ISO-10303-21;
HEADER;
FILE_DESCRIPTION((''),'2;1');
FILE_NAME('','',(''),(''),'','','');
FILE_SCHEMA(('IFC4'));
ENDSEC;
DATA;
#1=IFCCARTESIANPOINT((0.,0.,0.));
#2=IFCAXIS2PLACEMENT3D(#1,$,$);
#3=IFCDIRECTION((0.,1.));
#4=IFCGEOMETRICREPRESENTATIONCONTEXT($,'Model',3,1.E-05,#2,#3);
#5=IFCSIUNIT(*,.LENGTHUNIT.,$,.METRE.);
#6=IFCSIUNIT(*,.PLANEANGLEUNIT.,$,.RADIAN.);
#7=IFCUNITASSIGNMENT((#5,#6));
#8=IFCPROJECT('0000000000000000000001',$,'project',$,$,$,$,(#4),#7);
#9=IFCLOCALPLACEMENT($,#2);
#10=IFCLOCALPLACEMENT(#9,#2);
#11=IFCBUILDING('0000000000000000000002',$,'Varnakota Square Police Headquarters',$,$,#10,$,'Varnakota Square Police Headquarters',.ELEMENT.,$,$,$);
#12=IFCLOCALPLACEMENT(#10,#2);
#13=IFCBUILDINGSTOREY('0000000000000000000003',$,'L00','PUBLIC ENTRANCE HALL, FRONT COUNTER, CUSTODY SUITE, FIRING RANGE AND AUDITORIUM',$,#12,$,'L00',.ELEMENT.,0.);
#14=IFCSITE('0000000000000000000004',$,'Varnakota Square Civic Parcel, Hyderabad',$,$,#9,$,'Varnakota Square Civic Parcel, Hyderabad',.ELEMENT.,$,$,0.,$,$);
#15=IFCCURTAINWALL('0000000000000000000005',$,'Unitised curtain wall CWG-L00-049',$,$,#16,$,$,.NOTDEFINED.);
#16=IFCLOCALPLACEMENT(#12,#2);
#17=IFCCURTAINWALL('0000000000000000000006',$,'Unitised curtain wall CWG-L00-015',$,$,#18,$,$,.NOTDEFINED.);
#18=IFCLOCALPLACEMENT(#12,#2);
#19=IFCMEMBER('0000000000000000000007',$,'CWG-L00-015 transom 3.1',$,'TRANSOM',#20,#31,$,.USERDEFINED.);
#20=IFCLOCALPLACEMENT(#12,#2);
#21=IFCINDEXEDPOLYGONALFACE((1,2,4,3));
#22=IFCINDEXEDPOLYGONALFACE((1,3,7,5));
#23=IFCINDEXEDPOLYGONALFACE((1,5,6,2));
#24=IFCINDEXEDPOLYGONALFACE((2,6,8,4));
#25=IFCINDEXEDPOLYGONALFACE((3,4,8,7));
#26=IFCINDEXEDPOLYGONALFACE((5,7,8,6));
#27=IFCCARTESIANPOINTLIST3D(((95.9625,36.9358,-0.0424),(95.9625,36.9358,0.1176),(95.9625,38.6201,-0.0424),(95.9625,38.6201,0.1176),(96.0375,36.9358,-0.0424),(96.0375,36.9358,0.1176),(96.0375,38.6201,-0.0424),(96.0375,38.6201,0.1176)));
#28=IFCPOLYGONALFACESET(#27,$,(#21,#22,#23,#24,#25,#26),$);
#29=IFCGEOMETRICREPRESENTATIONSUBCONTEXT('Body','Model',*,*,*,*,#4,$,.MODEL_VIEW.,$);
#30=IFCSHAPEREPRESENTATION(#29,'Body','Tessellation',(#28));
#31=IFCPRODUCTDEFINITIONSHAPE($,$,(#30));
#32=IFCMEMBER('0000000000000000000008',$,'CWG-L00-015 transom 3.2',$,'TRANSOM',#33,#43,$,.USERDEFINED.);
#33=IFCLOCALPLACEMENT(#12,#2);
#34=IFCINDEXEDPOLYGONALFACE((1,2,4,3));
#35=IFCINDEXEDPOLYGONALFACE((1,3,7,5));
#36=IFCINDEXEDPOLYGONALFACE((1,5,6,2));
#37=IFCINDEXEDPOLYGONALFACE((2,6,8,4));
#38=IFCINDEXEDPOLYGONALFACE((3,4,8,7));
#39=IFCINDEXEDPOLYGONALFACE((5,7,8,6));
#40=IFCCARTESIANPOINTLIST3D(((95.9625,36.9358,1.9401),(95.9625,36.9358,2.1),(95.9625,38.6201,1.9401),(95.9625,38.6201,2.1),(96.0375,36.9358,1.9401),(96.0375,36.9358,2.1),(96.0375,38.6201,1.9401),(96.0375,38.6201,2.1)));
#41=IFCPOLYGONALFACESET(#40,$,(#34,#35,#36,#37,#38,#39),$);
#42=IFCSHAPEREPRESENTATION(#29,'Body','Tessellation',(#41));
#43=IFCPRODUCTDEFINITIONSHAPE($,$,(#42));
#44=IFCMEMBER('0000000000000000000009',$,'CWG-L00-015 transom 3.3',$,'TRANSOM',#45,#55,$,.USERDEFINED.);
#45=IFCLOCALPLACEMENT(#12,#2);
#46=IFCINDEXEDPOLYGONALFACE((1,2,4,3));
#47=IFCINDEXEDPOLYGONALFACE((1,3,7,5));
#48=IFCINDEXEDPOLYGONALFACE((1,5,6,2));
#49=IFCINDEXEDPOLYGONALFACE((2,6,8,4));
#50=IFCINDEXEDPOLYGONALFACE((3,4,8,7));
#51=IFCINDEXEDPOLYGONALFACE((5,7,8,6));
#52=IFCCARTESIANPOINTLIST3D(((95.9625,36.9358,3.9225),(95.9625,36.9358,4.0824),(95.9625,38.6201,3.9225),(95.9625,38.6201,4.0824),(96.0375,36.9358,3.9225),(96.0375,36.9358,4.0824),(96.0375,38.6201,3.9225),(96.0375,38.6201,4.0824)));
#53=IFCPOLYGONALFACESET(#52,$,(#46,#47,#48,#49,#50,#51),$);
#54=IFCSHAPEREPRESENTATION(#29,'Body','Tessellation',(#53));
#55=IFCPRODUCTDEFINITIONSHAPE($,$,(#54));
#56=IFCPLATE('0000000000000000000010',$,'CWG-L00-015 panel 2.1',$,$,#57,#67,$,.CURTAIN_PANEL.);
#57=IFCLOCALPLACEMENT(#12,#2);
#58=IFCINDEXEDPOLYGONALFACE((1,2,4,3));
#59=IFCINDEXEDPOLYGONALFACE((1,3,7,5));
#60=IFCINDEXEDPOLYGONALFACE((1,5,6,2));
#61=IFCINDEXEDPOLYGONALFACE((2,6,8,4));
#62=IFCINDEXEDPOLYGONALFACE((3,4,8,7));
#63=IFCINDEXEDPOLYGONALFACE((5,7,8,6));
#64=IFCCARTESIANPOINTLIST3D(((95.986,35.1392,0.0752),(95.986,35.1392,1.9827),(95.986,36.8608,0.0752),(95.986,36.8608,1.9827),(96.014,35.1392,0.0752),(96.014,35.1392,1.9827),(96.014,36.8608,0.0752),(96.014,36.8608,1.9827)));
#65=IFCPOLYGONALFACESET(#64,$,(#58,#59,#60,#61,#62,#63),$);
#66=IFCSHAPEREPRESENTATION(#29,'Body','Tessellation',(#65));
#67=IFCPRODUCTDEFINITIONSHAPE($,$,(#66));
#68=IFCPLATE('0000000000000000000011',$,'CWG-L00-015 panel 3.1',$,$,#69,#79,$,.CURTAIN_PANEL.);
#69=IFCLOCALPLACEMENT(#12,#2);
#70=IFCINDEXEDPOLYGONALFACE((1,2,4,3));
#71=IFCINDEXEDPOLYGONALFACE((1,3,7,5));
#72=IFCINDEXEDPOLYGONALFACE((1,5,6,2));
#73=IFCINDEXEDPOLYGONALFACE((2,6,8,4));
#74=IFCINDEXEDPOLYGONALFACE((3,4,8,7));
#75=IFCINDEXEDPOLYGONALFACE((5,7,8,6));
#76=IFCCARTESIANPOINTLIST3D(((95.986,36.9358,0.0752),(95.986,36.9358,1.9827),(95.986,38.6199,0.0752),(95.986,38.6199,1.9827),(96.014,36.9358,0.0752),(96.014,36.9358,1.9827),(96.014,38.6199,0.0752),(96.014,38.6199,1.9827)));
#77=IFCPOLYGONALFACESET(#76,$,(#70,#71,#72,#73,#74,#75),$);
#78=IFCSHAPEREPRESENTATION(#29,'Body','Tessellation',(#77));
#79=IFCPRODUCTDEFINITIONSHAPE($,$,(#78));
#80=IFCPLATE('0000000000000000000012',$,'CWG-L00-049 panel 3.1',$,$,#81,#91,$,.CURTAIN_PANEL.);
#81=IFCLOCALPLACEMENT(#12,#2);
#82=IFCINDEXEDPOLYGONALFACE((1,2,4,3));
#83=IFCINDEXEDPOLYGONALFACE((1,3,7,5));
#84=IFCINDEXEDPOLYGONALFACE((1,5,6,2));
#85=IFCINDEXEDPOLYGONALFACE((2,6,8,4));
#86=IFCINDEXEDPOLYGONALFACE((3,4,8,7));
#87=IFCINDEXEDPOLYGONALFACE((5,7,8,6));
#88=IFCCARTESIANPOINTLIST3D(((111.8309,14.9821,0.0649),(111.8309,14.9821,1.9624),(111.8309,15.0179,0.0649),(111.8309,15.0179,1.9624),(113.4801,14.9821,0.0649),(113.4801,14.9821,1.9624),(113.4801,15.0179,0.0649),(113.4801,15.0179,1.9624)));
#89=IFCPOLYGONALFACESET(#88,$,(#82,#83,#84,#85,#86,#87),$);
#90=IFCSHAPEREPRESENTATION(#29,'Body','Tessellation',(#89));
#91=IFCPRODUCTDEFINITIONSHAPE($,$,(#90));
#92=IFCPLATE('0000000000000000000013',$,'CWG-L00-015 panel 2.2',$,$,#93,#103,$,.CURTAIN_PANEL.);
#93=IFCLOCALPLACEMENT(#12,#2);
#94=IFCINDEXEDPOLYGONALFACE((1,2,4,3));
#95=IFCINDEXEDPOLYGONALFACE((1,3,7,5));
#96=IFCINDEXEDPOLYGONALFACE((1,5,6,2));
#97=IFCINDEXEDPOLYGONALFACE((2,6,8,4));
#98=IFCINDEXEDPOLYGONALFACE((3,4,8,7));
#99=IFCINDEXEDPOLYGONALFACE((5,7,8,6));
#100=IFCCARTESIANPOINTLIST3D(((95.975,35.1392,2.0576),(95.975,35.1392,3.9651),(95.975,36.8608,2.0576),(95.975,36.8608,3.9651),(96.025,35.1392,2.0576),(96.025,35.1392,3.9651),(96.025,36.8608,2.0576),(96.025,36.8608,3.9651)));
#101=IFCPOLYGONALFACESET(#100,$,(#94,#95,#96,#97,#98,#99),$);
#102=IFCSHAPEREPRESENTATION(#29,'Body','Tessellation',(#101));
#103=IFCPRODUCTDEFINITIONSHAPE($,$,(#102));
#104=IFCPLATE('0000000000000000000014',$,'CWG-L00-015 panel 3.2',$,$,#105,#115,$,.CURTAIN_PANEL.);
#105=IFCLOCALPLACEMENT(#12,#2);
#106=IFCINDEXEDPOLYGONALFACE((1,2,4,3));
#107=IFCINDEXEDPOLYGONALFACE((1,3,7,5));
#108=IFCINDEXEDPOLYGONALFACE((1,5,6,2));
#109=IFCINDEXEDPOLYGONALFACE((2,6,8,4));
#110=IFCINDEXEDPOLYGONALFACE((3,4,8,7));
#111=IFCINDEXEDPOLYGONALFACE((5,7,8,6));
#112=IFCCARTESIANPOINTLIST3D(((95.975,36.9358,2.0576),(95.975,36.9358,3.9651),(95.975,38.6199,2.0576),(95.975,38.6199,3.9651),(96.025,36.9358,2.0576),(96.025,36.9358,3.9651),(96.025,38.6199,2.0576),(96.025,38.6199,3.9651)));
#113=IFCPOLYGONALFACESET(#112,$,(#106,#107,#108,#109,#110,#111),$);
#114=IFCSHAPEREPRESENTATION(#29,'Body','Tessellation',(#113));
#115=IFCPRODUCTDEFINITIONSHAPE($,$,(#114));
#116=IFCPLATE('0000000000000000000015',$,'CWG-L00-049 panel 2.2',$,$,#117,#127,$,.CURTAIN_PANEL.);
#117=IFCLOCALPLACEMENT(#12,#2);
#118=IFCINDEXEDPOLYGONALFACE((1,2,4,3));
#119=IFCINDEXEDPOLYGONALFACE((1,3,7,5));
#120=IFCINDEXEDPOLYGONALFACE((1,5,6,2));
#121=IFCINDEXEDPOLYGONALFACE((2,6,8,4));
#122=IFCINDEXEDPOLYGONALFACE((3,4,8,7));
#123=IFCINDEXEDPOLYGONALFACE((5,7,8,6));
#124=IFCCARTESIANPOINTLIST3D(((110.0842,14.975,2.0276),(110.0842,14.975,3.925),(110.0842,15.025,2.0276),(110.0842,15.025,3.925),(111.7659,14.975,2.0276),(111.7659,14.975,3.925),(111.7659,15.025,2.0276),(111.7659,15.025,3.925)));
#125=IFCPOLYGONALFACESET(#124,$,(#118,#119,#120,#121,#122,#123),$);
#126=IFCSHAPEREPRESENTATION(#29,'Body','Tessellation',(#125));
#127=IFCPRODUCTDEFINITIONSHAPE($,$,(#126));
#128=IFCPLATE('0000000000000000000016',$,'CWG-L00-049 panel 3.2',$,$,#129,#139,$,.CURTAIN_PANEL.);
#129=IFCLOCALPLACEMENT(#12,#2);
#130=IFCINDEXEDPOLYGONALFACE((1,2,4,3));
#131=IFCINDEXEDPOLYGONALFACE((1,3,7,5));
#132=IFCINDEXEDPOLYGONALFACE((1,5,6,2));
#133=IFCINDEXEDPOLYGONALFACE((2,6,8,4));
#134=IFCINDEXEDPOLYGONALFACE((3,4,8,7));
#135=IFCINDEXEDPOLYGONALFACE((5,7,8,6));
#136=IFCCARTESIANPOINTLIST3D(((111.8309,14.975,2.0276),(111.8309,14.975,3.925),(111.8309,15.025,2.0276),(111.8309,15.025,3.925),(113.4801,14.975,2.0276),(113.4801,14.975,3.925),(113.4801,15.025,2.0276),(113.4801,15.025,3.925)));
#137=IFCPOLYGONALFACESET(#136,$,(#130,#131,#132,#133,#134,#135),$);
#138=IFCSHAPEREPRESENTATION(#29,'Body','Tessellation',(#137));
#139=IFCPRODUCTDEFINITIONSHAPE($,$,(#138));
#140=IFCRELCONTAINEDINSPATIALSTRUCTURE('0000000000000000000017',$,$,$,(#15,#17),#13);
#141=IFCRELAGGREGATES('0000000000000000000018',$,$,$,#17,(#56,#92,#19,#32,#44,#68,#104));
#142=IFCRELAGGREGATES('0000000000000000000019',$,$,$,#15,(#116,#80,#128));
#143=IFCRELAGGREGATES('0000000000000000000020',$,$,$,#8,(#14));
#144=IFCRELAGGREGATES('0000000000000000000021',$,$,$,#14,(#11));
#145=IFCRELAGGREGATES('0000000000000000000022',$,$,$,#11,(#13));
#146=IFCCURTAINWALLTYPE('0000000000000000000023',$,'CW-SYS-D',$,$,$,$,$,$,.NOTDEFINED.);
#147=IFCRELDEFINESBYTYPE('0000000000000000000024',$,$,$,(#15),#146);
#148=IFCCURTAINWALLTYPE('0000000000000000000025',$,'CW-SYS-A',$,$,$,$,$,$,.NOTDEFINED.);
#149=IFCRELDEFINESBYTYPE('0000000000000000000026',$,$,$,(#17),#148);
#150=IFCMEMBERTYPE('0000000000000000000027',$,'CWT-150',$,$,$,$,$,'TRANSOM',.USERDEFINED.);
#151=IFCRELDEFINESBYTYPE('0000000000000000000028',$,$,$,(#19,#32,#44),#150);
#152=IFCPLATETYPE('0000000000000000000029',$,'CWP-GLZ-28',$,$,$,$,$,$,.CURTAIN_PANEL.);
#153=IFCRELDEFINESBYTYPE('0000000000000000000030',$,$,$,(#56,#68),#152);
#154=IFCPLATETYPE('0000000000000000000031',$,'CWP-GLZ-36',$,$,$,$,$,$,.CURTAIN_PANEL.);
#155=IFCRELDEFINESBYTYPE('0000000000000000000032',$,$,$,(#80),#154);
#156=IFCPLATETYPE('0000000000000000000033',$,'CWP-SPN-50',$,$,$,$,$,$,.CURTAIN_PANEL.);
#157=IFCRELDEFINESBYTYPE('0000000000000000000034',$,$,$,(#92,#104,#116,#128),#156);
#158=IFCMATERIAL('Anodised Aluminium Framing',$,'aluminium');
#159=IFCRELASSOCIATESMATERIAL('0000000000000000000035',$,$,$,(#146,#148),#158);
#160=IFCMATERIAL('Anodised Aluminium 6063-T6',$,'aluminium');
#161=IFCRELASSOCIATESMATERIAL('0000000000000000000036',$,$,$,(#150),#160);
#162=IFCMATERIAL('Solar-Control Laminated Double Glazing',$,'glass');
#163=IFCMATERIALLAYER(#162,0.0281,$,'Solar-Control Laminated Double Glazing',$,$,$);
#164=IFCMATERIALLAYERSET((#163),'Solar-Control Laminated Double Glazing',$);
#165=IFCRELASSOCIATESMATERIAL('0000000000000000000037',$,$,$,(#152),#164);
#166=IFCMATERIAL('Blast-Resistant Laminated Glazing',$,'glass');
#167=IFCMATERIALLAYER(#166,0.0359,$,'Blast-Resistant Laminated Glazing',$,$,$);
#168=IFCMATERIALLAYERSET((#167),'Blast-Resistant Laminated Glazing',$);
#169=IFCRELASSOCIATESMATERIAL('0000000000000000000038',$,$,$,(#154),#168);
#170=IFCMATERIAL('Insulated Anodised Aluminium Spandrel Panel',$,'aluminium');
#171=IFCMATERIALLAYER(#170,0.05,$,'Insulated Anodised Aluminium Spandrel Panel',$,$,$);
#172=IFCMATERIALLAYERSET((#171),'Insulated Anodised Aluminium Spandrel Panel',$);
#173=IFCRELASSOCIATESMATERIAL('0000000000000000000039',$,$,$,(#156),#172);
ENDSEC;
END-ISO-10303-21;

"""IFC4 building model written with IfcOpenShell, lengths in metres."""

from ifc_helpers import new_model, si_unit, direction, frame, origin, origin_2d, place, context, subcontext, project, spatial, rectangle, extrude, material, layer, layer_set, material_profile, profile_set, type_object, element, aggregate, save


model = new_model("IFC4")

# Units and contexts
model_context = context("Model", 3, precision=1e-05, world=origin(), true_north=direction((0.0, 1.0)))
body_context = subcontext(model_context, "Body", "Model", "MODEL_VIEW")
ifc_project = project(units=[si_unit("LENGTHUNIT", "METRE"), si_unit("PLANEANGLEUNIT", "RADIAN")], contexts=[model_context])

# Site, building, storey
site_placement = place(None, origin())
site = spatial("IfcSite", under=ifc_project, at=site_placement, Name="Varnakota Square Civic Parcel, Hyderabad", LongName="Varnakota Square Civic Parcel, Hyderabad", CompositionType="ELEMENT", RefElevation=0.0)
building_placement = place(site_placement, origin())
building = spatial("IfcBuilding", under=site, at=building_placement, Name="Varnakota Square Police Headquarters", LongName="Varnakota Square Police Headquarters", CompositionType="ELEMENT")
storey_placement = place(building_placement, origin())
storey = spatial("IfcBuildingStorey", under=building, at=storey_placement, Name="L00", Description="PUBLIC ENTRANCE HALL, FRONT COUNTER, CUSTODY SUITE, FIRING RANGE AND AUDITORIUM", LongName="L00", CompositionType="ELEMENT", Elevation=0.0)

# Curtain walls
ifc_material_1 = material(Name="Anodised Aluminium Framing", Category="aluminium")
curtain_wall_type_1 = type_object("IfcCurtainWallType", Name="CW-SYS-D", PredefinedType="NOTDEFINED", material=ifc_material_1)
curtain_wall_1_placement = place(storey_placement, origin())
curtain_wall_1 = element("IfcCurtainWall", 1, at=curtain_wall_1_placement, inside=storey, type_object=curtain_wall_type_1, Name="Unitised curtain wall CWG-L00-049", PredefinedType="NOTDEFINED")
ifc_material_2 = material(Name="Anodised Aluminium 6063-T6", Category="aluminium")
curtain_wall_type_2 = type_object("IfcCurtainWallType", Name="CW-SYS-A", PredefinedType="NOTDEFINED", material=ifc_material_1)
curtain_wall_2_placement = place(storey_placement, origin())
curtain_wall_2 = element("IfcCurtainWall", 2, at=curtain_wall_2_placement, inside=storey, type_object=curtain_wall_type_2, Name="Unitised curtain wall CWG-L00-015", PredefinedType="NOTDEFINED")

# Members
ifc_material_profile_1 = material_profile(ifc_material_2, rectangle(XDim=0.075, YDim=0.1599, at=origin_2d()), Name="ALU TRANSOM 75x160")
ifc_profile_set_1 = profile_set([ifc_material_profile_1], Name="Anodised Aluminium 6063-T6")
member_type_1 = type_object("IfcMemberType", Name="CWT-150", ElementType="TRANSOM", PredefinedType="USERDEFINED", material=ifc_profile_set_1)
member_1_placement = place(storey_placement, frame((96.0, 36.9358, 0.0376), z_axis=(0.0, 1.0, 0.0), x_axis=(-1.0, 0.0, 0.0)))
member_1 = element("IfcMember", 3, at=member_1_placement, type_object=member_type_1, Name="CWG-L00-015 transom 3.1", ObjectType="TRANSOM", PredefinedType="USERDEFINED", context=body_context, shape_type="SweptSolid", body=[
    extrude(rectangle(XDim=0.075, YDim=0.1599, at=origin_2d()), origin(), (0.0, 0.0, 1.0), 1.6843),
])
member_2_placement = place(storey_placement, frame((96.0, 36.9358, 2.02), z_axis=(0.0, 1.0, 0.0), x_axis=(-1.0, 0.0, 0.0)))
member_2 = element("IfcMember", 4, at=member_2_placement, type_object=member_type_1, Name="CWG-L00-015 transom 3.2", ObjectType="TRANSOM", PredefinedType="USERDEFINED", context=body_context, shape_type="SweptSolid", body=[
    extrude(rectangle(XDim=0.075, YDim=0.1599, at=origin_2d()), origin(), (0.0, 0.0, 1.0), 1.6843),
])
member_3_placement = place(storey_placement, frame((96.0, 36.9358, 4.0024), z_axis=(0.0, 1.0, 0.0), x_axis=(-1.0, 0.0, 0.0)))
member_3 = element("IfcMember", 5, at=member_3_placement, type_object=member_type_1, Name="CWG-L00-015 transom 3.3", ObjectType="TRANSOM", PredefinedType="USERDEFINED", context=body_context, shape_type="SweptSolid", body=[
    extrude(rectangle(XDim=0.075, YDim=0.1599, at=origin_2d()), origin(), (0.0, 0.0, 1.0), 1.6843),
])

# Plates
ifc_material_3 = material(Name="Solar-Control Laminated Double Glazing", Category="glass")
ifc_layer_1 = layer(ifc_material_3, 0.0281, Name="Solar-Control Laminated Double Glazing")
ifc_layer_set_1 = layer_set([ifc_layer_1], Name="Solar-Control Laminated Double Glazing")
plate_type_1 = type_object("IfcPlateType", Name="CWP-GLZ-28", PredefinedType="CURTAIN_PANEL", material=ifc_layer_set_1)
plate_1_placement = place(storey_placement, frame((96.0, 36.0, 0.0752), z_axis=(0.0, 0.0, 1.0), x_axis=(0.0, 1.0, 0.0)))
plate_1 = element("IfcPlate", 6, at=plate_1_placement, type_object=plate_type_1, Name="CWG-L00-015 panel 2.1", PredefinedType="CURTAIN_PANEL", context=body_context, shape_type="SweptSolid", body=[
    extrude(rectangle(XDim=1.7217, YDim=0.0281, at=origin_2d()), origin(), (0.0, 0.0, 1.0), 1.9075),
])
plate_2_placement = place(storey_placement, frame((96.0, 37.7778, 0.0752), z_axis=(0.0, 0.0, 1.0), x_axis=(0.0, 1.0, 0.0)))
plate_2 = element("IfcPlate", 7, at=plate_2_placement, type_object=plate_type_1, Name="CWG-L00-015 panel 3.1", PredefinedType="CURTAIN_PANEL", context=body_context, shape_type="SweptSolid", body=[
    extrude(rectangle(XDim=1.6841, YDim=0.0281, at=origin_2d()), origin(), (0.0, 0.0, 1.0), 1.9075),
])
ifc_material_4 = material(Name="Blast-Resistant Laminated Glazing", Category="glass")
ifc_layer_2 = layer(ifc_material_4, 0.0359, Name="Blast-Resistant Laminated Glazing")
ifc_layer_set_2 = layer_set([ifc_layer_2], Name="Blast-Resistant Laminated Glazing")
plate_type_2 = type_object("IfcPlateType", Name="CWP-GLZ-36", PredefinedType="CURTAIN_PANEL", material=ifc_layer_set_2)
plate_3_placement = place(storey_placement, frame((112.6555, 15.0, 0.0649), z_axis=(0.0, 0.0, 1.0), x_axis=(1.0, 0.0, 0.0)))
plate_3 = element("IfcPlate", 8, at=plate_3_placement, type_object=plate_type_2, Name="CWG-L00-049 panel 3.1", PredefinedType="CURTAIN_PANEL", context=body_context, shape_type="SweptSolid", body=[
    extrude(rectangle(XDim=1.6492, YDim=0.0359, at=origin_2d()), origin(), (0.0, 0.0, 1.0), 1.8975),
])
ifc_material_5 = material(Name="Insulated Anodised Aluminium Spandrel Panel", Category="aluminium")
ifc_layer_3 = layer(ifc_material_5, 0.05, Name="Insulated Anodised Aluminium Spandrel Panel")
ifc_layer_set_3 = layer_set([ifc_layer_3], Name="Insulated Anodised Aluminium Spandrel Panel")
plate_type_3 = type_object("IfcPlateType", Name="CWP-SPN-50", PredefinedType="CURTAIN_PANEL", material=ifc_layer_set_3)
plate_4_placement = place(storey_placement, frame((96.0, 36.0, 2.0576), z_axis=(0.0, 0.0, 1.0), x_axis=(0.0, 1.0, 0.0)))
plate_4 = element("IfcPlate", 9, at=plate_4_placement, type_object=plate_type_3, Name="CWG-L00-015 panel 2.2", PredefinedType="CURTAIN_PANEL", context=body_context, shape_type="SweptSolid", body=[
    extrude(rectangle(XDim=1.7217, YDim=0.05, at=origin_2d()), origin(), (0.0, 0.0, 1.0), 1.9075),
])
plate_5_placement = place(storey_placement, frame((96.0, 37.7778, 2.0576), z_axis=(0.0, 0.0, 1.0), x_axis=(0.0, 1.0, 0.0)))
plate_5 = element("IfcPlate", 10, at=plate_5_placement, type_object=plate_type_3, Name="CWG-L00-015 panel 3.2", PredefinedType="CURTAIN_PANEL", context=body_context, shape_type="SweptSolid", body=[
    extrude(rectangle(XDim=1.6841, YDim=0.05, at=origin_2d()), origin(), (0.0, 0.0, 1.0), 1.9075),
])
aggregate(curtain_wall_2, [plate_1, plate_4, member_1, member_2, member_3, plate_2, plate_5])
plate_6_placement = place(storey_placement, frame((110.925, 15.0, 2.0276), z_axis=(0.0, 0.0, 1.0), x_axis=(1.0, 0.0, 0.0)))
plate_6 = element("IfcPlate", 11, at=plate_6_placement, type_object=plate_type_3, Name="CWG-L00-049 panel 2.2", PredefinedType="CURTAIN_PANEL", context=body_context, shape_type="SweptSolid", body=[
    extrude(rectangle(XDim=1.6816, YDim=0.05, at=origin_2d()), origin(), (0.0, 0.0, 1.0), 1.8975),
])
plate_7_placement = place(storey_placement, frame((112.6555, 15.0, 2.0276), z_axis=(0.0, 0.0, 1.0), x_axis=(1.0, 0.0, 0.0)))
plate_7 = element("IfcPlate", 12, at=plate_7_placement, type_object=plate_type_3, Name="CWG-L00-049 panel 3.2", PredefinedType="CURTAIN_PANEL", context=body_context, shape_type="SweptSolid", body=[
    extrude(rectangle(XDim=1.6492, YDim=0.05, at=origin_2d()), origin(), (0.0, 0.0, 1.0), 1.8975),
])
aggregate(curtain_wall_1, [plate_6, plate_3, plate_7])

save(model, "model.ifc")
